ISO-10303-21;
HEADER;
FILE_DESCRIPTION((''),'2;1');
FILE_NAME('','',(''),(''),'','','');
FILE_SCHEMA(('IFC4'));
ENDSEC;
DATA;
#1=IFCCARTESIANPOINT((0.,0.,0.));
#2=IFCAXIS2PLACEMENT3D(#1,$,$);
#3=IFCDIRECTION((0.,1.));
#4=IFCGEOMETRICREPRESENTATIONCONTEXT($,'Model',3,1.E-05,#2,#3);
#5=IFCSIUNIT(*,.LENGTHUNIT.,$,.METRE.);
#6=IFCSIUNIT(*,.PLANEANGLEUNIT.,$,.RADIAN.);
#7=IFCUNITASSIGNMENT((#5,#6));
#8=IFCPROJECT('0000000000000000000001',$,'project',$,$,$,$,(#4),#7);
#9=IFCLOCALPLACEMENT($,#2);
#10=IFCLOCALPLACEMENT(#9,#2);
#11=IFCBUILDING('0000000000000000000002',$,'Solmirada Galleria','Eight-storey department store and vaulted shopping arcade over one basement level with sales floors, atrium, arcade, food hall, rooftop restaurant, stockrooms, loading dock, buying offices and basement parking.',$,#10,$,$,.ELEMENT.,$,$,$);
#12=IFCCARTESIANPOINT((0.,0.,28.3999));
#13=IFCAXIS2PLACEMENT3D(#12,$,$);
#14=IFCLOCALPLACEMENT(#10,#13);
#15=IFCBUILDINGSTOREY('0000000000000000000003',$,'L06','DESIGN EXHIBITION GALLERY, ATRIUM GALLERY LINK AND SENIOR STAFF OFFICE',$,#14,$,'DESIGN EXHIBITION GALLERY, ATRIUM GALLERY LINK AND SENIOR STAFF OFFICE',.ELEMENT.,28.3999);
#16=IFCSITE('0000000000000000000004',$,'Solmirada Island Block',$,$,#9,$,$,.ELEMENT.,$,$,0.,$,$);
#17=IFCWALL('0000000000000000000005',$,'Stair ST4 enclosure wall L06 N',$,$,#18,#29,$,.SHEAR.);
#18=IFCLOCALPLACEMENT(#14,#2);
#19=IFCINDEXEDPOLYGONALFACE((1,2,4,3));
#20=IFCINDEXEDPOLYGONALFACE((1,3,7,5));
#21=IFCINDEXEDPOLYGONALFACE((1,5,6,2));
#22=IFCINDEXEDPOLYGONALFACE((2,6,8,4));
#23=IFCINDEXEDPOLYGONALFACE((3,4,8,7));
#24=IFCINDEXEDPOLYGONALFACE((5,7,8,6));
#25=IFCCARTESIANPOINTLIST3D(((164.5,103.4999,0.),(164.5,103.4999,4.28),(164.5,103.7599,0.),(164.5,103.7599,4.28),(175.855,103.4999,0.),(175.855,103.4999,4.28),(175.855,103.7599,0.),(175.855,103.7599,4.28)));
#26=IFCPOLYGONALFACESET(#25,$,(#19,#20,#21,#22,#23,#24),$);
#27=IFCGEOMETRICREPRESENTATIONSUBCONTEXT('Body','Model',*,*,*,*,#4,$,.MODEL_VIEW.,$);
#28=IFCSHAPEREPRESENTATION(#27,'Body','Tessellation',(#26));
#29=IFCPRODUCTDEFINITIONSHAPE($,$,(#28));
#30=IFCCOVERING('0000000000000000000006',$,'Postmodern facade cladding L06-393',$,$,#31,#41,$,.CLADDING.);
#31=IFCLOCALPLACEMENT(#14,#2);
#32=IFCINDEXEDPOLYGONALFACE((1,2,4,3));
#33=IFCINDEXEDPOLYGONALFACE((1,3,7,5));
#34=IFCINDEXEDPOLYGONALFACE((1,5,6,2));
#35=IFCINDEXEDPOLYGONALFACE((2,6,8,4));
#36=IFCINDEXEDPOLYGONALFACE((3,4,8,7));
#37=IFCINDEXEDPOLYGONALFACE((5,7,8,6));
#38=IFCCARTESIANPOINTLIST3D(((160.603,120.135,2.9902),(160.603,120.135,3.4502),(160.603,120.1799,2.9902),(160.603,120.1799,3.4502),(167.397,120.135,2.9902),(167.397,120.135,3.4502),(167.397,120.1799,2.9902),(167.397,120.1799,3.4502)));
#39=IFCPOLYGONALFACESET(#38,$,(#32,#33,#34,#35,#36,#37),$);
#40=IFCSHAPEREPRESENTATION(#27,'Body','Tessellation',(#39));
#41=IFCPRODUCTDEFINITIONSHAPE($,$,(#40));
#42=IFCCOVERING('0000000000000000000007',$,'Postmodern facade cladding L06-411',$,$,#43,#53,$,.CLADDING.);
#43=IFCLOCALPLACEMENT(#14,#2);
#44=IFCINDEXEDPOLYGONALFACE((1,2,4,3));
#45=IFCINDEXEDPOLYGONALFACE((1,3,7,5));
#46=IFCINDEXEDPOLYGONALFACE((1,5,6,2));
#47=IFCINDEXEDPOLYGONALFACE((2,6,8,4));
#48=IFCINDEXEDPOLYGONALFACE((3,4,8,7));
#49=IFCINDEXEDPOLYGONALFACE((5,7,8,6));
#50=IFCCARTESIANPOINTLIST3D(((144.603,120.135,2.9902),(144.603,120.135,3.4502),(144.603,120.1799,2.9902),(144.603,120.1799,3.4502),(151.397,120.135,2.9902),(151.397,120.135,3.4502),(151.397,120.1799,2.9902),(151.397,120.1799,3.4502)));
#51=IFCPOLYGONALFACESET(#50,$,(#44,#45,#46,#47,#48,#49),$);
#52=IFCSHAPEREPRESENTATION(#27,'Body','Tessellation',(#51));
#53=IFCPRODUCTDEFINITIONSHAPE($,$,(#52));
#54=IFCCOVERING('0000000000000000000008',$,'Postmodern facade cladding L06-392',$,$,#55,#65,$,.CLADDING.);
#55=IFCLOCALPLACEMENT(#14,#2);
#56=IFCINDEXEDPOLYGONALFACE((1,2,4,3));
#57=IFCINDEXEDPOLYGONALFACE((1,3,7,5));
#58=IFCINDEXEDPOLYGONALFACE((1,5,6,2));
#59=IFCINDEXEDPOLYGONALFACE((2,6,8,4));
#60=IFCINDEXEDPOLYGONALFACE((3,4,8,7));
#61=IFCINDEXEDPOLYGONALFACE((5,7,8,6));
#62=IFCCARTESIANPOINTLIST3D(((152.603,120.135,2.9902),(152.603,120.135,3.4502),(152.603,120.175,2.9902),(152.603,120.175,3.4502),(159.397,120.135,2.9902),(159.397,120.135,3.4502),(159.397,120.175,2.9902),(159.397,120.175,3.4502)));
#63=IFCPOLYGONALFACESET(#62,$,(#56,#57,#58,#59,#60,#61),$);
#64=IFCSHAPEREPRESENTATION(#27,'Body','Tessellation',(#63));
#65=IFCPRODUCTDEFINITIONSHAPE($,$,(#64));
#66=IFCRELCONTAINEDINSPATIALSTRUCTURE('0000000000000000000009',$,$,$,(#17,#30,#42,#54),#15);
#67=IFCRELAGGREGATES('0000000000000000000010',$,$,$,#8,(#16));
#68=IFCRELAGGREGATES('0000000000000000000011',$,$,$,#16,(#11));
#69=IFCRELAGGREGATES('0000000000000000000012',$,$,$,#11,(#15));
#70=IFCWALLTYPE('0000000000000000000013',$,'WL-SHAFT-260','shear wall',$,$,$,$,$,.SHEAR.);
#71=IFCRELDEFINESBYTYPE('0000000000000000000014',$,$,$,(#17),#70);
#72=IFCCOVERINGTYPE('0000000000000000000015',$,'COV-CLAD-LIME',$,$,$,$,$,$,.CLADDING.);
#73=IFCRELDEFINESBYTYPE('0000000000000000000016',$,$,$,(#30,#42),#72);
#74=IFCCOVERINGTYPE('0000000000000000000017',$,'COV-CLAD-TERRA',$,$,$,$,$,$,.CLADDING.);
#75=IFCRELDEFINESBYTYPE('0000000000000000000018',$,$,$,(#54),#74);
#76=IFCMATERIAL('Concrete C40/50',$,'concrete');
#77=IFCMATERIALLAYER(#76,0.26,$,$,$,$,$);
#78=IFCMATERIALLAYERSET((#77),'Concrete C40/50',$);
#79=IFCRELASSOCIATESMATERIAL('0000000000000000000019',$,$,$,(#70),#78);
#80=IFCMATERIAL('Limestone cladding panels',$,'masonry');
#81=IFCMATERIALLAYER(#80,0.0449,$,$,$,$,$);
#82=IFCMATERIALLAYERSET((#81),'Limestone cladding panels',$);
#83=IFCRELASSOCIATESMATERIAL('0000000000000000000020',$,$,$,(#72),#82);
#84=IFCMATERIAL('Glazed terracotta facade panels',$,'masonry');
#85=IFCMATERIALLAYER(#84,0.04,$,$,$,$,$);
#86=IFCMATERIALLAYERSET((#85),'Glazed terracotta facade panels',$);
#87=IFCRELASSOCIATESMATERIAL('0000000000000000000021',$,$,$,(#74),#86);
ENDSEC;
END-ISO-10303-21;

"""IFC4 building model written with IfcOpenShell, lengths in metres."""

from ifc_helpers import new_model, si_unit, direction, frame, frame_2d, origin, origin_2d, place, context, subcontext, project, spatial, rectangle, extrude, material, layer, layer_set, type_object, element, save


model = new_model("IFC4")

# Units and contexts
model_context = context("Model", 3, precision=1e-05, world=origin(), true_north=direction((0.0, 1.0)))
body_context = subcontext(model_context, "Body", "Model", "MODEL_VIEW")
ifc_project = project(units=[si_unit("LENGTHUNIT", "METRE"), si_unit("PLANEANGLEUNIT", "RADIAN")], contexts=[model_context])

# Site, building, storey
site_placement = place(None, origin())
site = spatial("IfcSite", under=ifc_project, at=site_placement, Name="Solmirada Island Block", CompositionType="ELEMENT", RefElevation=0.0)
building_placement = place(site_placement, origin())
building = spatial("IfcBuilding", under=site, at=building_placement, Name="Solmirada Galleria", Description="Eight-storey department store and vaulted shopping arcade over one basement level with sales floors, atrium, arcade, food hall, rooftop restaurant, stockrooms, loading dock, buying offices and basement parking.", CompositionType="ELEMENT")
storey_placement = place(building_placement, frame((0.0, 0.0, 28.3999)))
storey = spatial("IfcBuildingStorey", under=building, at=storey_placement, Name="L06", Description="DESIGN EXHIBITION GALLERY, ATRIUM GALLERY LINK AND SENIOR STAFF OFFICE", LongName="DESIGN EXHIBITION GALLERY, ATRIUM GALLERY LINK AND SENIOR STAFF OFFICE", CompositionType="ELEMENT", Elevation=28.3999)

# Shared definitions
ifc_material_1 = material(Name="Concrete C40/50", Category="concrete")

# Wall
ifc_layer_1 = layer(ifc_material_1, 0.26)
ifc_layer_set_1 = layer_set([ifc_layer_1], Name="Concrete C40/50")
wall_type_1 = type_object("IfcWallType", Name="WL-SHAFT-260", Description="shear wall", PredefinedType="SHEAR", material=ifc_layer_set_1)
wall_1_placement = place(storey_placement, frame((164.5, 103.6299, 0.0), z_axis=(0.0, 0.0, 1.0), x_axis=(1.0, 0.0, 0.0)))
element("IfcWall", 1, at=wall_1_placement, inside=storey, type_object=wall_type_1, Name="Stair ST4 enclosure wall L06 N", PredefinedType="SHEAR", context=body_context, shape_type="SweptSolid", body=[
    extrude(rectangle(XDim=11.355, YDim=0.26, at=frame_2d((5.6775, 0.0))), origin(), (0.0, 0.0, 1.0), 4.28),
])

# Coverings
ifc_material_2 = material(Name="Limestone cladding panels", Category="masonry")
ifc_layer_2 = layer(ifc_material_2, 0.0449)
ifc_layer_set_2 = layer_set([ifc_layer_2], Name="Limestone cladding panels")
covering_type_1 = type_object("IfcCoveringType", Name="COV-CLAD-LIME", PredefinedType="CLADDING", material=ifc_layer_set_2)
for number, where, z_axis, x_axis, name in (
    (2, (164.0, 120.1575, 2.9902), (0.0, 0.0, 1.0), (1.0, 0.0, 0.0), "Postmodern facade cladding L06-393"),
    (3, (148.0, 120.1575, 2.9902), (0.0, 0.0, 1.0), (1.0, 0.0, 0.0), "Postmodern facade cladding L06-411"),
):
    element("IfcCovering", number, at=place(storey_placement, frame(where, z_axis=z_axis, x_axis=x_axis)), inside=storey, type_object=covering_type_1, Name=name, PredefinedType="CLADDING", context=body_context, shape_type="SweptSolid", body=[
        extrude(rectangle(XDim=6.7939, YDim=0.0449, at=origin_2d()), origin(), (0.0, 0.0, 1.0), 0.46),
    ])
ifc_material_3 = material(Name="Glazed terracotta facade panels", Category="masonry")
ifc_layer_3 = layer(ifc_material_3, 0.04)
ifc_layer_set_3 = layer_set([ifc_layer_3], Name="Glazed terracotta facade panels")
covering_type_2 = type_object("IfcCoveringType", Name="COV-CLAD-TERRA", PredefinedType="CLADDING", material=ifc_layer_set_3)
covering_placement = place(storey_placement, frame((156.0, 120.155, 2.9902), z_axis=(0.0, 0.0, 1.0), x_axis=(1.0, 0.0, 0.0)))
element("IfcCovering", 4, at=covering_placement, inside=storey, type_object=covering_type_2, Name="Postmodern facade cladding L06-392", PredefinedType="CLADDING", context=body_context, shape_type="SweptSolid", body=[
    extrude(rectangle(XDim=6.7939, YDim=0.04, at=origin_2d()), origin(), (0.0, 0.0, 1.0), 0.46),
])

save(model, "model.ifc")
